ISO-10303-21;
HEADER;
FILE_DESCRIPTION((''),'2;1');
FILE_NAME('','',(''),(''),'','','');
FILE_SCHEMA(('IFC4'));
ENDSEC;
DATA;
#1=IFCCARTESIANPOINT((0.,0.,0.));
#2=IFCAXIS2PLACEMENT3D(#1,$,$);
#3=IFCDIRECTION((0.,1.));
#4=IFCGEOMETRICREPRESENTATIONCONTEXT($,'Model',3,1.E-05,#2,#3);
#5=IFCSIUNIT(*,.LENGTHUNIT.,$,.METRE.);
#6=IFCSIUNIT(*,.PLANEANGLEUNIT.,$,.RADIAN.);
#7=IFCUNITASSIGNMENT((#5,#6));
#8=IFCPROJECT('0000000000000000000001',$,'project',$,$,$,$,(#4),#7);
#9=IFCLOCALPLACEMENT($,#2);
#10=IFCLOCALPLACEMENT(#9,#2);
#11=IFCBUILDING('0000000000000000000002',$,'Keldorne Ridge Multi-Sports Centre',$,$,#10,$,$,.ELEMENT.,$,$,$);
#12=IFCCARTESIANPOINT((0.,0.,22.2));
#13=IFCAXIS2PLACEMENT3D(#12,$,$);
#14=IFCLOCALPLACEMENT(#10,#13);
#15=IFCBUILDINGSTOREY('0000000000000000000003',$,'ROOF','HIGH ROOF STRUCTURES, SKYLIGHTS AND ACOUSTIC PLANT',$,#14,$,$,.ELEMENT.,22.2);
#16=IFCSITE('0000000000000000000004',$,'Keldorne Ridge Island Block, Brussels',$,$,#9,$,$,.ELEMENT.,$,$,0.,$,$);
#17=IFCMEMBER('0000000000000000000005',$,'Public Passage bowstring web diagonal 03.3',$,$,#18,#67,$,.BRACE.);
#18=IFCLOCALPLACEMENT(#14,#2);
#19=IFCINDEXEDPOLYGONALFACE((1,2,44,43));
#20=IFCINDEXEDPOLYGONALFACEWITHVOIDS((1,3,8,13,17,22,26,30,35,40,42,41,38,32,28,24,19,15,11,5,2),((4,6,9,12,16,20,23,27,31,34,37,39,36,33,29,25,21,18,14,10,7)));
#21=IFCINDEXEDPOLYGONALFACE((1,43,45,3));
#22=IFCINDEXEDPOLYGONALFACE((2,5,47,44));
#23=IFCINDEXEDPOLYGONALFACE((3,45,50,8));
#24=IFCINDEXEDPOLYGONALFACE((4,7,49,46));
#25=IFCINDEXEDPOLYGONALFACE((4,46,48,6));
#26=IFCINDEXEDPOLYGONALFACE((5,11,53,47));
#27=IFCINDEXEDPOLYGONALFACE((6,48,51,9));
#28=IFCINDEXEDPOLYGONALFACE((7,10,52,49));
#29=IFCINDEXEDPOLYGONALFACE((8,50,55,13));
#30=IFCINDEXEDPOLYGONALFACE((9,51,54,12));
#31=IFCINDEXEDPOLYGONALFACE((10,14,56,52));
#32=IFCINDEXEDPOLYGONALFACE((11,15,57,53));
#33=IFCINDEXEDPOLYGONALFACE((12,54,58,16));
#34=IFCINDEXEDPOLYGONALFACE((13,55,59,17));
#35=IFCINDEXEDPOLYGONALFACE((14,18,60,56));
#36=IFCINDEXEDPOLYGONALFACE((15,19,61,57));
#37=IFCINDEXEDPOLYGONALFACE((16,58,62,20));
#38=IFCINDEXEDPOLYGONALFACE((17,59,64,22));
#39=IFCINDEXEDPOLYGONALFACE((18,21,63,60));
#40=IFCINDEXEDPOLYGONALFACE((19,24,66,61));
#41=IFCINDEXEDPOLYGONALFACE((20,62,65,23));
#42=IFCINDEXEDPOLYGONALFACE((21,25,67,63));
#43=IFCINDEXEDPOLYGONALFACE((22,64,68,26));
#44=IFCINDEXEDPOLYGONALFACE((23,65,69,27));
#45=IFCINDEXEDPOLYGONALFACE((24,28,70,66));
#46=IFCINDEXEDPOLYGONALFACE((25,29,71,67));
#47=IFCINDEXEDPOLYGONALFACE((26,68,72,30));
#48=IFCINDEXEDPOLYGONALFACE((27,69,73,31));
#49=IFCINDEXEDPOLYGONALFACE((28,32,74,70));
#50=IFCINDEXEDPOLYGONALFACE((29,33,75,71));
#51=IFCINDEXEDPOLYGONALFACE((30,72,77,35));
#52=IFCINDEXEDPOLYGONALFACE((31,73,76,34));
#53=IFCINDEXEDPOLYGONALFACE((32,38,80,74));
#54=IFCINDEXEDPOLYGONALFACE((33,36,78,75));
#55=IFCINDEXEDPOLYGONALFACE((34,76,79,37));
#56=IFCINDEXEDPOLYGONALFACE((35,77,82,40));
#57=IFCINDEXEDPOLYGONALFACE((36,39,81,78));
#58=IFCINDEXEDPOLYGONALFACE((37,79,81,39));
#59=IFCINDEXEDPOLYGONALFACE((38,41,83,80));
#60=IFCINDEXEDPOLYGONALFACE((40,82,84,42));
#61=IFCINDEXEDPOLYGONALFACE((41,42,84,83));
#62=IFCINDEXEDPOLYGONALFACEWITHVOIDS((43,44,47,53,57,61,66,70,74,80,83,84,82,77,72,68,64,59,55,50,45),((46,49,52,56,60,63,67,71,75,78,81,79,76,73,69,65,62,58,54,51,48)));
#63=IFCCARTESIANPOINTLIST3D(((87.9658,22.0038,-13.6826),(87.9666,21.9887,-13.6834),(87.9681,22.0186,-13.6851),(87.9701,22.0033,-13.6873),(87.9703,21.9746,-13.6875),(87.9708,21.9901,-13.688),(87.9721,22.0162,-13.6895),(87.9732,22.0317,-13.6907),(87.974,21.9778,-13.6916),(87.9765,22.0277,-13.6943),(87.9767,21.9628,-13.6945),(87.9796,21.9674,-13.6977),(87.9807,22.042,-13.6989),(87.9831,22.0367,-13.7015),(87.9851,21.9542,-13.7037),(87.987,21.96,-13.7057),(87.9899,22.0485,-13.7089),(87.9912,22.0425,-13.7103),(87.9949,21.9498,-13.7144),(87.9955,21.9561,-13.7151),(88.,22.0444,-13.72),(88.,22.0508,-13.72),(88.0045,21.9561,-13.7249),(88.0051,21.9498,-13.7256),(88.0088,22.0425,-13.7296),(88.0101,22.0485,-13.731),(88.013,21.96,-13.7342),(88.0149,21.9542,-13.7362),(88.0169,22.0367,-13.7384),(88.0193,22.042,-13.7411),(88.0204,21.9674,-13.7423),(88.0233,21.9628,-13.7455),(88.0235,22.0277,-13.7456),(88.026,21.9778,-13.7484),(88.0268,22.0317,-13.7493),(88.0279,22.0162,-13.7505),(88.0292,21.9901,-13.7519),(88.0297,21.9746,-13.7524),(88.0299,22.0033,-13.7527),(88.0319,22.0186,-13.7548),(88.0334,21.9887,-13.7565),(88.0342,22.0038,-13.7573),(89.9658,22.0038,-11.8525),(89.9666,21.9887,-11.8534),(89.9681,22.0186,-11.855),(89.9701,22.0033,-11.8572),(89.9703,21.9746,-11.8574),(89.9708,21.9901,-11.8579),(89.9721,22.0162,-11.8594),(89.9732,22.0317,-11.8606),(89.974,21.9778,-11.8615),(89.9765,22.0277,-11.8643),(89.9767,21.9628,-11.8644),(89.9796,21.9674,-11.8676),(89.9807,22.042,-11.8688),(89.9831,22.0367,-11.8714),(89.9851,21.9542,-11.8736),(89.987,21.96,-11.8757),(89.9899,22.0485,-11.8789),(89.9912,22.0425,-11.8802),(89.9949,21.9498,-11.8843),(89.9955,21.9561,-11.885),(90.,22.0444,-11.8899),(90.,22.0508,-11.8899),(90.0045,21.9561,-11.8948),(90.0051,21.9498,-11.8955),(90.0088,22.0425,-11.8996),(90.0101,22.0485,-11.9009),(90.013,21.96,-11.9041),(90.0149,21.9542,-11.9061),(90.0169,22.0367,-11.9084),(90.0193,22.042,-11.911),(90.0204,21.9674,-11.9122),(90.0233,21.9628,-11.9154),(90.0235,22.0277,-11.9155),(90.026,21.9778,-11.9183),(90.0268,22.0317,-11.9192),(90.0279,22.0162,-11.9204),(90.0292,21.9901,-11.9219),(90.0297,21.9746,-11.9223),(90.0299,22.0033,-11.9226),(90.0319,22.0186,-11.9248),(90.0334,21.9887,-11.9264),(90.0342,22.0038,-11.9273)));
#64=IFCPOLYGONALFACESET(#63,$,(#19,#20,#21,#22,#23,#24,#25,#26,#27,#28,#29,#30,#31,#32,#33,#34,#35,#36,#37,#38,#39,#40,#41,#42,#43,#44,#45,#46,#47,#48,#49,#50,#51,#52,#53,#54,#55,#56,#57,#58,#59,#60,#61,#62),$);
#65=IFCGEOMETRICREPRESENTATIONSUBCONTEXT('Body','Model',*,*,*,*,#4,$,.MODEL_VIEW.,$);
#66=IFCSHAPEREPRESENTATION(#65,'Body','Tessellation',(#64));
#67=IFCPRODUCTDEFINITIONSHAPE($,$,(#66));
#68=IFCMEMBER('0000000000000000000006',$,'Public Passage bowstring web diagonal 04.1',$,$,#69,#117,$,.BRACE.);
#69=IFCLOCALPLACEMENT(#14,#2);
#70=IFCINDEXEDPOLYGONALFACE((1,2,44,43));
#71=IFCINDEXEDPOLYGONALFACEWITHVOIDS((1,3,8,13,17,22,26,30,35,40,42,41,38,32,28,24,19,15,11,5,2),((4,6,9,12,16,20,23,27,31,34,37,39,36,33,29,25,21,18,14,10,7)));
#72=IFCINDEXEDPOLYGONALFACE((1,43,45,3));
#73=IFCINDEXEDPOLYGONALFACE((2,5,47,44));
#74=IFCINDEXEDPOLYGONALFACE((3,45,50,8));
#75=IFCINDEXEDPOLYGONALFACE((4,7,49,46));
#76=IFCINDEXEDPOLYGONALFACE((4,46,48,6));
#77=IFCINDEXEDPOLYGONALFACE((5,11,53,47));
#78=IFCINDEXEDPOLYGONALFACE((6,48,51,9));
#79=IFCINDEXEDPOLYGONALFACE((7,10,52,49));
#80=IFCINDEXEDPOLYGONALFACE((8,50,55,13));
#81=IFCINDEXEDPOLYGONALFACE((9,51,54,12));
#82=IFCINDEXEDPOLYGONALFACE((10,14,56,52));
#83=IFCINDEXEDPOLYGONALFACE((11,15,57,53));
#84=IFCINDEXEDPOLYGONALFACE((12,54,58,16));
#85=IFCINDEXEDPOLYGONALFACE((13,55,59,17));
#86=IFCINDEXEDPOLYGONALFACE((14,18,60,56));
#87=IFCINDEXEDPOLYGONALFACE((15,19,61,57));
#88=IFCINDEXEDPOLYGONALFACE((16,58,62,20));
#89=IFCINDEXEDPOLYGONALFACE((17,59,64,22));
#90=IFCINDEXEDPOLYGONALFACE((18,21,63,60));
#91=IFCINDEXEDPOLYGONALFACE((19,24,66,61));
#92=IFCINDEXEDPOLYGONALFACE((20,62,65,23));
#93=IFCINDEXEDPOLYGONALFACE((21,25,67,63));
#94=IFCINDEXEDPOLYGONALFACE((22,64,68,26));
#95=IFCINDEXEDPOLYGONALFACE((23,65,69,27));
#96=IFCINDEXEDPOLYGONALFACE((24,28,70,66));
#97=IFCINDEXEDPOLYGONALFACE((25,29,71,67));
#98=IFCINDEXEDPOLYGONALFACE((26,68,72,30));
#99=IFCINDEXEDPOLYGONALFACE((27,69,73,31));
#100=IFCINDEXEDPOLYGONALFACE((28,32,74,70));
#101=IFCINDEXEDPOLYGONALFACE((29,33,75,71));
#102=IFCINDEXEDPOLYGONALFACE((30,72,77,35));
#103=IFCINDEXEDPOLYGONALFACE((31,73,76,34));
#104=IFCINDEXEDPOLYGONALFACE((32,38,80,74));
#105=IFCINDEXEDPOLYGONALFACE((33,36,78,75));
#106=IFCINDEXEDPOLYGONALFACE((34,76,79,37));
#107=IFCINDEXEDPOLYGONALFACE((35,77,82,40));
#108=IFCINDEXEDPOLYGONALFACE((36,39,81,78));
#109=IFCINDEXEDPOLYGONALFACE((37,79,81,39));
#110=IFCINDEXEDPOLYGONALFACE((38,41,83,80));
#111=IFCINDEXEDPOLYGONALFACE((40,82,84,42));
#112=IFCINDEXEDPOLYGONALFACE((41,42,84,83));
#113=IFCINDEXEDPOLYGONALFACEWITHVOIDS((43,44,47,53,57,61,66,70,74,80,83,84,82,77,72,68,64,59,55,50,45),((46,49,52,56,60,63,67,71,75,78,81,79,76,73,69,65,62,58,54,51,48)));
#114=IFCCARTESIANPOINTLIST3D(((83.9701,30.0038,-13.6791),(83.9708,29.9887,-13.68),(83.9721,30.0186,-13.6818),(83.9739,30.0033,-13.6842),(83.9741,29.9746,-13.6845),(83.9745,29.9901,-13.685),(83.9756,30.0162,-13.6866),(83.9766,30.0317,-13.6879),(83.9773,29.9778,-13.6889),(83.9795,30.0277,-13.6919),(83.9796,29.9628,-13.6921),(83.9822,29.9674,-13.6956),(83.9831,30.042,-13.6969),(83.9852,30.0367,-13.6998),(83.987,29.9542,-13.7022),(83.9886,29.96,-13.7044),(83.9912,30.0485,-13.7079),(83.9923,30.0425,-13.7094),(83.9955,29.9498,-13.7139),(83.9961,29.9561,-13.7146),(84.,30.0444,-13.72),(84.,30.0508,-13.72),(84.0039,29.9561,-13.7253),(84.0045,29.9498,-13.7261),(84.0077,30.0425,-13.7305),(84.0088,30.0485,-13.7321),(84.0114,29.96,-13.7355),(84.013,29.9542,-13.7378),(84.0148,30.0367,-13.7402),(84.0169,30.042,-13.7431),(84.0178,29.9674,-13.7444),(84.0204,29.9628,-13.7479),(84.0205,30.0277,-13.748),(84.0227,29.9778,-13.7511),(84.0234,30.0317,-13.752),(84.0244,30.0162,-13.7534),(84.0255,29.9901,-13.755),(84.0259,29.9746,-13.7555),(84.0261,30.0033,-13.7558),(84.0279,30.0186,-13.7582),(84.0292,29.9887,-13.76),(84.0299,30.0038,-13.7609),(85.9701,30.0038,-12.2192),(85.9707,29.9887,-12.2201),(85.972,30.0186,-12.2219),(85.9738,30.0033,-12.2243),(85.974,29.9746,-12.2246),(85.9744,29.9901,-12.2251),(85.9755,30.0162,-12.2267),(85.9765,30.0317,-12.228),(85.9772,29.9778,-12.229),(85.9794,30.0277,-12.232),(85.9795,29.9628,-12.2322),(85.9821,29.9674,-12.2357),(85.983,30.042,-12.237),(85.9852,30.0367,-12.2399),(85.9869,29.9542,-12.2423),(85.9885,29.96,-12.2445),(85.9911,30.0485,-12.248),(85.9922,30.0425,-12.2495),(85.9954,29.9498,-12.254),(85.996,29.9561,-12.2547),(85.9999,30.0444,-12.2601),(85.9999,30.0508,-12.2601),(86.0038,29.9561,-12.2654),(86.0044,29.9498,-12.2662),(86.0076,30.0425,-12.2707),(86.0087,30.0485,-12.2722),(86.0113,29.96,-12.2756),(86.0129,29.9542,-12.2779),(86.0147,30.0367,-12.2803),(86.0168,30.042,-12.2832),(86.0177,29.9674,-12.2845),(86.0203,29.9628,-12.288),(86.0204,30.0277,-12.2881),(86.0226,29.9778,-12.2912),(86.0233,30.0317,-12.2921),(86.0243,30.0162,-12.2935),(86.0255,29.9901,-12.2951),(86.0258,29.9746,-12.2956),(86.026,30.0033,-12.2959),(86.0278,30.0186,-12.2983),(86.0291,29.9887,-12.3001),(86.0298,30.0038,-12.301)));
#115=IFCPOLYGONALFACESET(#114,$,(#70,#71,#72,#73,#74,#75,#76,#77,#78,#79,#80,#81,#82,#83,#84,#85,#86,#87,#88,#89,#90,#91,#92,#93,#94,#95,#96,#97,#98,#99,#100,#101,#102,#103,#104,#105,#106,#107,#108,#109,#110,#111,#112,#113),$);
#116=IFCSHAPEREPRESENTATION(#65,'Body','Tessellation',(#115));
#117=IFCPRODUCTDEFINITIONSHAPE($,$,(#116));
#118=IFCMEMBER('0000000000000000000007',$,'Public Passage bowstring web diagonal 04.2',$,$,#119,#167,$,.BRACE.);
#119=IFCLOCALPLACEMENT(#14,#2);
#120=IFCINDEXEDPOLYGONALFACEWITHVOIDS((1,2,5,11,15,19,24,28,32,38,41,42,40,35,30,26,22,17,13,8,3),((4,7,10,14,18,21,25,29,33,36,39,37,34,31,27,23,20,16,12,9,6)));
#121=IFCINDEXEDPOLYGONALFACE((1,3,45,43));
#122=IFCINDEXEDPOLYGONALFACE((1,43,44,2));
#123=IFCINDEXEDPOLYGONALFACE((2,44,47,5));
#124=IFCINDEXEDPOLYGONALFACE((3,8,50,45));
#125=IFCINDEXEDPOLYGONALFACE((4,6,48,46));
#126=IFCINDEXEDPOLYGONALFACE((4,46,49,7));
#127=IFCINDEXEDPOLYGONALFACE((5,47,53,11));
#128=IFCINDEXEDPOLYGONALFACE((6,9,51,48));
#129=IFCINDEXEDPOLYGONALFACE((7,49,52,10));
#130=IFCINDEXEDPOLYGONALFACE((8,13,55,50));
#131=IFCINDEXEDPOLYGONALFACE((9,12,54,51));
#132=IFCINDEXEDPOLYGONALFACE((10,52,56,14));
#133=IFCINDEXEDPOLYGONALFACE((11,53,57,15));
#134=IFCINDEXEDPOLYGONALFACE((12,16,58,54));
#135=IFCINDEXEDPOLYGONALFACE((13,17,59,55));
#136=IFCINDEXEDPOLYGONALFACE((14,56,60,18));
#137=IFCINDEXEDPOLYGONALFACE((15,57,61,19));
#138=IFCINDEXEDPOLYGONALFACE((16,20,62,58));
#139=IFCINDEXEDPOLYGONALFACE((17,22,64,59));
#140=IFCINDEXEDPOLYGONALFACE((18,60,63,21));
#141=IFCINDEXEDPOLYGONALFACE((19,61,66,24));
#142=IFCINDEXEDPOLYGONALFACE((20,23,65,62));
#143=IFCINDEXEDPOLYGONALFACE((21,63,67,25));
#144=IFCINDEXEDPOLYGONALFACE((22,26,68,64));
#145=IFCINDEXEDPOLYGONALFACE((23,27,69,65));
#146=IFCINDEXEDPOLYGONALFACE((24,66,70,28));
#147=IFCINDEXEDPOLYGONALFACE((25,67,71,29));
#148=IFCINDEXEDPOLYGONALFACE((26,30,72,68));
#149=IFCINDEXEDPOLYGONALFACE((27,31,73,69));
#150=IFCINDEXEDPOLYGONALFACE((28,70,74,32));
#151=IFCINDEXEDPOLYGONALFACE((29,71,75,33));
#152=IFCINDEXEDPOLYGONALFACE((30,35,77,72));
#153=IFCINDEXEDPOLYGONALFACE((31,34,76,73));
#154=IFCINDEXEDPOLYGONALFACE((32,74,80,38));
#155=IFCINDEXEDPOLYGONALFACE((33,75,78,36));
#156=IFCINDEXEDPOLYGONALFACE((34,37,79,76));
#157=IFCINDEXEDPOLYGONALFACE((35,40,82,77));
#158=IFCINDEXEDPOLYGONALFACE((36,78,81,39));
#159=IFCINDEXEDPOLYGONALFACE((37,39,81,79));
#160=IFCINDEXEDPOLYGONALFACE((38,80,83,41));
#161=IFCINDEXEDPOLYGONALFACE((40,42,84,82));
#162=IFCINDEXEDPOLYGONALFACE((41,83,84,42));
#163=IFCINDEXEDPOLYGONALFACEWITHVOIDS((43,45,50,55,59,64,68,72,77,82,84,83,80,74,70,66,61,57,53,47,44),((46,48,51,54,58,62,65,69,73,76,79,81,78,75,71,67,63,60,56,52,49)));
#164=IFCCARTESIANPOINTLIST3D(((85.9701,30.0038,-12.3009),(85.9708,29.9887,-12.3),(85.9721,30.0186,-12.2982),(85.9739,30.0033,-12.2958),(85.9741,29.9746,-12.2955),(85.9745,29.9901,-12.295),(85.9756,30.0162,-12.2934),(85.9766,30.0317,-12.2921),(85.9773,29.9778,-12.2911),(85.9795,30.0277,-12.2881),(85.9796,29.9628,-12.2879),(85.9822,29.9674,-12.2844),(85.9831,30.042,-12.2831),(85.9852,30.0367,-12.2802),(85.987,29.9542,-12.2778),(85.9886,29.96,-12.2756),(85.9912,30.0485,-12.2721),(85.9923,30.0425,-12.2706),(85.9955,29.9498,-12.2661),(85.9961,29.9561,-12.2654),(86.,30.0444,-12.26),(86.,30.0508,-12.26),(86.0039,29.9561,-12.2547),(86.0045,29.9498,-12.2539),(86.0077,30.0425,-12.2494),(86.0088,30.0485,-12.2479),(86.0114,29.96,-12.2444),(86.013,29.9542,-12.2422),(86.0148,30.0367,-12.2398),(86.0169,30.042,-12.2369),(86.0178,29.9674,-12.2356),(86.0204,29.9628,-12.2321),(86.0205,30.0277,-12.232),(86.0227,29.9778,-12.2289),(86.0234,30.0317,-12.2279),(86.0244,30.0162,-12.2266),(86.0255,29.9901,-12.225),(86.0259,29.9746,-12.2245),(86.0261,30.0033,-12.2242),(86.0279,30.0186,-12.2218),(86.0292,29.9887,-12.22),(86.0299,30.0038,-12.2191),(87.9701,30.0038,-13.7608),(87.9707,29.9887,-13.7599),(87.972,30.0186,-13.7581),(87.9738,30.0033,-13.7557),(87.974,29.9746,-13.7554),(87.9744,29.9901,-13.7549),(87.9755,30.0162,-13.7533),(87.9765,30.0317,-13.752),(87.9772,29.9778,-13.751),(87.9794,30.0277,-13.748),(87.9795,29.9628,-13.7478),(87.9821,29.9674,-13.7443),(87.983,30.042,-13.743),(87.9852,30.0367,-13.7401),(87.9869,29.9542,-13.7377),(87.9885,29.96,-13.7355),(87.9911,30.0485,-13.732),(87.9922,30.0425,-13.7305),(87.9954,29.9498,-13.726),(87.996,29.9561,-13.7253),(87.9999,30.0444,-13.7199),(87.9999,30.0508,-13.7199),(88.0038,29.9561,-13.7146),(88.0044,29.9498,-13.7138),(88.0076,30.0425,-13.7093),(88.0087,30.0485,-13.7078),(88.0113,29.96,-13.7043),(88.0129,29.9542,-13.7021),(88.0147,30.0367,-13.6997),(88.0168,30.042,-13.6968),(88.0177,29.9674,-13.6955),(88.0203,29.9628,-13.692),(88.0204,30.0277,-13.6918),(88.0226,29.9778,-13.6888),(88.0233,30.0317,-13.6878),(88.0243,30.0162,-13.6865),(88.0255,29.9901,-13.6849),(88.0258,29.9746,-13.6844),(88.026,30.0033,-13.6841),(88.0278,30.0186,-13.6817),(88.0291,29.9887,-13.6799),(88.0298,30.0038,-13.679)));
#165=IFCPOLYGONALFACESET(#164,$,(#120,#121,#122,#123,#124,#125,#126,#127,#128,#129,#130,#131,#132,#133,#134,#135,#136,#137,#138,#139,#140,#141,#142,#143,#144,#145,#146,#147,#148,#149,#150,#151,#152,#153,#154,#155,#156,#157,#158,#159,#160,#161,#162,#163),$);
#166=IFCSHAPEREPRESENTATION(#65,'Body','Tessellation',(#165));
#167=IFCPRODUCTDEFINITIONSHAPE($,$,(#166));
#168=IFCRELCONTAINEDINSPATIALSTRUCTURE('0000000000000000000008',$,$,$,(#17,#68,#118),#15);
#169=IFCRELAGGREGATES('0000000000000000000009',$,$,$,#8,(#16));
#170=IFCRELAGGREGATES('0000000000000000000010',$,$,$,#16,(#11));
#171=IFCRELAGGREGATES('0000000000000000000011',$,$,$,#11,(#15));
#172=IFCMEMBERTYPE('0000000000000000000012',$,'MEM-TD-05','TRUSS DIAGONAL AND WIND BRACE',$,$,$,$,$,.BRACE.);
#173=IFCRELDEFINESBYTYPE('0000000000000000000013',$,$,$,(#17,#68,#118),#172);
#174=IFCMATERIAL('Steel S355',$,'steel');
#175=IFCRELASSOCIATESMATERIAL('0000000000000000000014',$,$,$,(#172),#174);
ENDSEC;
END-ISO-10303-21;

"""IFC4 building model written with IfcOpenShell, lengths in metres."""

from ifc_helpers import new_model, si_unit, direction, frame, origin, origin_2d, place, context, subcontext, project, spatial, hollow_circle, extrude, material, material_profile, profile_set, type_object, element, save


model = new_model("IFC4")

# Units and contexts
model_context = context("Model", 3, precision=1e-05, world=origin(), true_north=direction((0.0, 1.0)))
body_context = subcontext(model_context, "Body", "Model", "MODEL_VIEW")
ifc_project = project(units=[si_unit("LENGTHUNIT", "METRE"), si_unit("PLANEANGLEUNIT", "RADIAN")], contexts=[model_context])

# Site, building, storey
site_placement = place(None, origin())
site = spatial("IfcSite", under=ifc_project, at=site_placement, Name="Keldorne Ridge Island Block, Brussels", CompositionType="ELEMENT", RefElevation=0.0)
building_placement = place(site_placement, origin())
building = spatial("IfcBuilding", under=site, at=building_placement, Name="Keldorne Ridge Multi-Sports Centre", CompositionType="ELEMENT")
storey_placement = place(building_placement, frame((0.0, 0.0, 22.2)))
storey = spatial("IfcBuildingStorey", under=building, at=storey_placement, Name="ROOF", Description="HIGH ROOF STRUCTURES, SKYLIGHTS AND ACOUSTIC PLANT", CompositionType="ELEMENT", Elevation=22.2)

# Members
ifc_material = material(Name="Steel S355", Category="steel")
ifc_material_profile_1 = material_profile(ifc_material, hollow_circle(Radius=0.0508, WallThickness=0.0063, at=origin_2d()), Name="CHS 101.6x6.3")
ifc_profile_set_1 = profile_set([ifc_material_profile_1], Name="Steel S355")
member_type_1 = type_object("IfcMemberType", Name="MEM-TD-05", Description="TRUSS DIAGONAL AND WIND BRACE", PredefinedType="BRACE", material=ifc_profile_set_1)
member_1_placement = place(storey_placement, frame((88.0, 22.0, -13.72), z_axis=(0.737752, 0.0, 0.675072), x_axis=(0.0, 1.0, 0.0)))
element("IfcMember", 1, at=member_1_placement, inside=storey, type_object=member_type_1, Name="Public Passage bowstring web diagonal 03.3", PredefinedType="BRACE", context=body_context, shape_type="SweptSolid", body=[
    extrude(hollow_circle(Radius=0.0508, WallThickness=0.0063, at=origin_2d()), origin(), (0.0, 0.0, 1.0), 2.7109),
])
for number, where, z_axis, x_axis, name in (
    (2, (84.0, 30.0, -13.72), (0.807695, 0.0, 0.589601), (0.0, 1.0, 0.0), "Public Passage bowstring web diagonal 04.1"),
    (3, (86.0, 30.0, -12.26), (0.807695, 0.0, -0.589601), (0.0, 1.0, 0.0), "Public Passage bowstring web diagonal 04.2"),
):
    element("IfcMember", number, at=place(storey_placement, frame(where, z_axis=z_axis, x_axis=x_axis)), inside=storey, type_object=member_type_1, Name=name, PredefinedType="BRACE", context=body_context, shape_type="SweptSolid", body=[
        extrude(hollow_circle(Radius=0.0508, WallThickness=0.0063, at=origin_2d()), origin(), (0.0, 0.0, 1.0), 2.4761),
    ])

save(model, "model.ifc")
